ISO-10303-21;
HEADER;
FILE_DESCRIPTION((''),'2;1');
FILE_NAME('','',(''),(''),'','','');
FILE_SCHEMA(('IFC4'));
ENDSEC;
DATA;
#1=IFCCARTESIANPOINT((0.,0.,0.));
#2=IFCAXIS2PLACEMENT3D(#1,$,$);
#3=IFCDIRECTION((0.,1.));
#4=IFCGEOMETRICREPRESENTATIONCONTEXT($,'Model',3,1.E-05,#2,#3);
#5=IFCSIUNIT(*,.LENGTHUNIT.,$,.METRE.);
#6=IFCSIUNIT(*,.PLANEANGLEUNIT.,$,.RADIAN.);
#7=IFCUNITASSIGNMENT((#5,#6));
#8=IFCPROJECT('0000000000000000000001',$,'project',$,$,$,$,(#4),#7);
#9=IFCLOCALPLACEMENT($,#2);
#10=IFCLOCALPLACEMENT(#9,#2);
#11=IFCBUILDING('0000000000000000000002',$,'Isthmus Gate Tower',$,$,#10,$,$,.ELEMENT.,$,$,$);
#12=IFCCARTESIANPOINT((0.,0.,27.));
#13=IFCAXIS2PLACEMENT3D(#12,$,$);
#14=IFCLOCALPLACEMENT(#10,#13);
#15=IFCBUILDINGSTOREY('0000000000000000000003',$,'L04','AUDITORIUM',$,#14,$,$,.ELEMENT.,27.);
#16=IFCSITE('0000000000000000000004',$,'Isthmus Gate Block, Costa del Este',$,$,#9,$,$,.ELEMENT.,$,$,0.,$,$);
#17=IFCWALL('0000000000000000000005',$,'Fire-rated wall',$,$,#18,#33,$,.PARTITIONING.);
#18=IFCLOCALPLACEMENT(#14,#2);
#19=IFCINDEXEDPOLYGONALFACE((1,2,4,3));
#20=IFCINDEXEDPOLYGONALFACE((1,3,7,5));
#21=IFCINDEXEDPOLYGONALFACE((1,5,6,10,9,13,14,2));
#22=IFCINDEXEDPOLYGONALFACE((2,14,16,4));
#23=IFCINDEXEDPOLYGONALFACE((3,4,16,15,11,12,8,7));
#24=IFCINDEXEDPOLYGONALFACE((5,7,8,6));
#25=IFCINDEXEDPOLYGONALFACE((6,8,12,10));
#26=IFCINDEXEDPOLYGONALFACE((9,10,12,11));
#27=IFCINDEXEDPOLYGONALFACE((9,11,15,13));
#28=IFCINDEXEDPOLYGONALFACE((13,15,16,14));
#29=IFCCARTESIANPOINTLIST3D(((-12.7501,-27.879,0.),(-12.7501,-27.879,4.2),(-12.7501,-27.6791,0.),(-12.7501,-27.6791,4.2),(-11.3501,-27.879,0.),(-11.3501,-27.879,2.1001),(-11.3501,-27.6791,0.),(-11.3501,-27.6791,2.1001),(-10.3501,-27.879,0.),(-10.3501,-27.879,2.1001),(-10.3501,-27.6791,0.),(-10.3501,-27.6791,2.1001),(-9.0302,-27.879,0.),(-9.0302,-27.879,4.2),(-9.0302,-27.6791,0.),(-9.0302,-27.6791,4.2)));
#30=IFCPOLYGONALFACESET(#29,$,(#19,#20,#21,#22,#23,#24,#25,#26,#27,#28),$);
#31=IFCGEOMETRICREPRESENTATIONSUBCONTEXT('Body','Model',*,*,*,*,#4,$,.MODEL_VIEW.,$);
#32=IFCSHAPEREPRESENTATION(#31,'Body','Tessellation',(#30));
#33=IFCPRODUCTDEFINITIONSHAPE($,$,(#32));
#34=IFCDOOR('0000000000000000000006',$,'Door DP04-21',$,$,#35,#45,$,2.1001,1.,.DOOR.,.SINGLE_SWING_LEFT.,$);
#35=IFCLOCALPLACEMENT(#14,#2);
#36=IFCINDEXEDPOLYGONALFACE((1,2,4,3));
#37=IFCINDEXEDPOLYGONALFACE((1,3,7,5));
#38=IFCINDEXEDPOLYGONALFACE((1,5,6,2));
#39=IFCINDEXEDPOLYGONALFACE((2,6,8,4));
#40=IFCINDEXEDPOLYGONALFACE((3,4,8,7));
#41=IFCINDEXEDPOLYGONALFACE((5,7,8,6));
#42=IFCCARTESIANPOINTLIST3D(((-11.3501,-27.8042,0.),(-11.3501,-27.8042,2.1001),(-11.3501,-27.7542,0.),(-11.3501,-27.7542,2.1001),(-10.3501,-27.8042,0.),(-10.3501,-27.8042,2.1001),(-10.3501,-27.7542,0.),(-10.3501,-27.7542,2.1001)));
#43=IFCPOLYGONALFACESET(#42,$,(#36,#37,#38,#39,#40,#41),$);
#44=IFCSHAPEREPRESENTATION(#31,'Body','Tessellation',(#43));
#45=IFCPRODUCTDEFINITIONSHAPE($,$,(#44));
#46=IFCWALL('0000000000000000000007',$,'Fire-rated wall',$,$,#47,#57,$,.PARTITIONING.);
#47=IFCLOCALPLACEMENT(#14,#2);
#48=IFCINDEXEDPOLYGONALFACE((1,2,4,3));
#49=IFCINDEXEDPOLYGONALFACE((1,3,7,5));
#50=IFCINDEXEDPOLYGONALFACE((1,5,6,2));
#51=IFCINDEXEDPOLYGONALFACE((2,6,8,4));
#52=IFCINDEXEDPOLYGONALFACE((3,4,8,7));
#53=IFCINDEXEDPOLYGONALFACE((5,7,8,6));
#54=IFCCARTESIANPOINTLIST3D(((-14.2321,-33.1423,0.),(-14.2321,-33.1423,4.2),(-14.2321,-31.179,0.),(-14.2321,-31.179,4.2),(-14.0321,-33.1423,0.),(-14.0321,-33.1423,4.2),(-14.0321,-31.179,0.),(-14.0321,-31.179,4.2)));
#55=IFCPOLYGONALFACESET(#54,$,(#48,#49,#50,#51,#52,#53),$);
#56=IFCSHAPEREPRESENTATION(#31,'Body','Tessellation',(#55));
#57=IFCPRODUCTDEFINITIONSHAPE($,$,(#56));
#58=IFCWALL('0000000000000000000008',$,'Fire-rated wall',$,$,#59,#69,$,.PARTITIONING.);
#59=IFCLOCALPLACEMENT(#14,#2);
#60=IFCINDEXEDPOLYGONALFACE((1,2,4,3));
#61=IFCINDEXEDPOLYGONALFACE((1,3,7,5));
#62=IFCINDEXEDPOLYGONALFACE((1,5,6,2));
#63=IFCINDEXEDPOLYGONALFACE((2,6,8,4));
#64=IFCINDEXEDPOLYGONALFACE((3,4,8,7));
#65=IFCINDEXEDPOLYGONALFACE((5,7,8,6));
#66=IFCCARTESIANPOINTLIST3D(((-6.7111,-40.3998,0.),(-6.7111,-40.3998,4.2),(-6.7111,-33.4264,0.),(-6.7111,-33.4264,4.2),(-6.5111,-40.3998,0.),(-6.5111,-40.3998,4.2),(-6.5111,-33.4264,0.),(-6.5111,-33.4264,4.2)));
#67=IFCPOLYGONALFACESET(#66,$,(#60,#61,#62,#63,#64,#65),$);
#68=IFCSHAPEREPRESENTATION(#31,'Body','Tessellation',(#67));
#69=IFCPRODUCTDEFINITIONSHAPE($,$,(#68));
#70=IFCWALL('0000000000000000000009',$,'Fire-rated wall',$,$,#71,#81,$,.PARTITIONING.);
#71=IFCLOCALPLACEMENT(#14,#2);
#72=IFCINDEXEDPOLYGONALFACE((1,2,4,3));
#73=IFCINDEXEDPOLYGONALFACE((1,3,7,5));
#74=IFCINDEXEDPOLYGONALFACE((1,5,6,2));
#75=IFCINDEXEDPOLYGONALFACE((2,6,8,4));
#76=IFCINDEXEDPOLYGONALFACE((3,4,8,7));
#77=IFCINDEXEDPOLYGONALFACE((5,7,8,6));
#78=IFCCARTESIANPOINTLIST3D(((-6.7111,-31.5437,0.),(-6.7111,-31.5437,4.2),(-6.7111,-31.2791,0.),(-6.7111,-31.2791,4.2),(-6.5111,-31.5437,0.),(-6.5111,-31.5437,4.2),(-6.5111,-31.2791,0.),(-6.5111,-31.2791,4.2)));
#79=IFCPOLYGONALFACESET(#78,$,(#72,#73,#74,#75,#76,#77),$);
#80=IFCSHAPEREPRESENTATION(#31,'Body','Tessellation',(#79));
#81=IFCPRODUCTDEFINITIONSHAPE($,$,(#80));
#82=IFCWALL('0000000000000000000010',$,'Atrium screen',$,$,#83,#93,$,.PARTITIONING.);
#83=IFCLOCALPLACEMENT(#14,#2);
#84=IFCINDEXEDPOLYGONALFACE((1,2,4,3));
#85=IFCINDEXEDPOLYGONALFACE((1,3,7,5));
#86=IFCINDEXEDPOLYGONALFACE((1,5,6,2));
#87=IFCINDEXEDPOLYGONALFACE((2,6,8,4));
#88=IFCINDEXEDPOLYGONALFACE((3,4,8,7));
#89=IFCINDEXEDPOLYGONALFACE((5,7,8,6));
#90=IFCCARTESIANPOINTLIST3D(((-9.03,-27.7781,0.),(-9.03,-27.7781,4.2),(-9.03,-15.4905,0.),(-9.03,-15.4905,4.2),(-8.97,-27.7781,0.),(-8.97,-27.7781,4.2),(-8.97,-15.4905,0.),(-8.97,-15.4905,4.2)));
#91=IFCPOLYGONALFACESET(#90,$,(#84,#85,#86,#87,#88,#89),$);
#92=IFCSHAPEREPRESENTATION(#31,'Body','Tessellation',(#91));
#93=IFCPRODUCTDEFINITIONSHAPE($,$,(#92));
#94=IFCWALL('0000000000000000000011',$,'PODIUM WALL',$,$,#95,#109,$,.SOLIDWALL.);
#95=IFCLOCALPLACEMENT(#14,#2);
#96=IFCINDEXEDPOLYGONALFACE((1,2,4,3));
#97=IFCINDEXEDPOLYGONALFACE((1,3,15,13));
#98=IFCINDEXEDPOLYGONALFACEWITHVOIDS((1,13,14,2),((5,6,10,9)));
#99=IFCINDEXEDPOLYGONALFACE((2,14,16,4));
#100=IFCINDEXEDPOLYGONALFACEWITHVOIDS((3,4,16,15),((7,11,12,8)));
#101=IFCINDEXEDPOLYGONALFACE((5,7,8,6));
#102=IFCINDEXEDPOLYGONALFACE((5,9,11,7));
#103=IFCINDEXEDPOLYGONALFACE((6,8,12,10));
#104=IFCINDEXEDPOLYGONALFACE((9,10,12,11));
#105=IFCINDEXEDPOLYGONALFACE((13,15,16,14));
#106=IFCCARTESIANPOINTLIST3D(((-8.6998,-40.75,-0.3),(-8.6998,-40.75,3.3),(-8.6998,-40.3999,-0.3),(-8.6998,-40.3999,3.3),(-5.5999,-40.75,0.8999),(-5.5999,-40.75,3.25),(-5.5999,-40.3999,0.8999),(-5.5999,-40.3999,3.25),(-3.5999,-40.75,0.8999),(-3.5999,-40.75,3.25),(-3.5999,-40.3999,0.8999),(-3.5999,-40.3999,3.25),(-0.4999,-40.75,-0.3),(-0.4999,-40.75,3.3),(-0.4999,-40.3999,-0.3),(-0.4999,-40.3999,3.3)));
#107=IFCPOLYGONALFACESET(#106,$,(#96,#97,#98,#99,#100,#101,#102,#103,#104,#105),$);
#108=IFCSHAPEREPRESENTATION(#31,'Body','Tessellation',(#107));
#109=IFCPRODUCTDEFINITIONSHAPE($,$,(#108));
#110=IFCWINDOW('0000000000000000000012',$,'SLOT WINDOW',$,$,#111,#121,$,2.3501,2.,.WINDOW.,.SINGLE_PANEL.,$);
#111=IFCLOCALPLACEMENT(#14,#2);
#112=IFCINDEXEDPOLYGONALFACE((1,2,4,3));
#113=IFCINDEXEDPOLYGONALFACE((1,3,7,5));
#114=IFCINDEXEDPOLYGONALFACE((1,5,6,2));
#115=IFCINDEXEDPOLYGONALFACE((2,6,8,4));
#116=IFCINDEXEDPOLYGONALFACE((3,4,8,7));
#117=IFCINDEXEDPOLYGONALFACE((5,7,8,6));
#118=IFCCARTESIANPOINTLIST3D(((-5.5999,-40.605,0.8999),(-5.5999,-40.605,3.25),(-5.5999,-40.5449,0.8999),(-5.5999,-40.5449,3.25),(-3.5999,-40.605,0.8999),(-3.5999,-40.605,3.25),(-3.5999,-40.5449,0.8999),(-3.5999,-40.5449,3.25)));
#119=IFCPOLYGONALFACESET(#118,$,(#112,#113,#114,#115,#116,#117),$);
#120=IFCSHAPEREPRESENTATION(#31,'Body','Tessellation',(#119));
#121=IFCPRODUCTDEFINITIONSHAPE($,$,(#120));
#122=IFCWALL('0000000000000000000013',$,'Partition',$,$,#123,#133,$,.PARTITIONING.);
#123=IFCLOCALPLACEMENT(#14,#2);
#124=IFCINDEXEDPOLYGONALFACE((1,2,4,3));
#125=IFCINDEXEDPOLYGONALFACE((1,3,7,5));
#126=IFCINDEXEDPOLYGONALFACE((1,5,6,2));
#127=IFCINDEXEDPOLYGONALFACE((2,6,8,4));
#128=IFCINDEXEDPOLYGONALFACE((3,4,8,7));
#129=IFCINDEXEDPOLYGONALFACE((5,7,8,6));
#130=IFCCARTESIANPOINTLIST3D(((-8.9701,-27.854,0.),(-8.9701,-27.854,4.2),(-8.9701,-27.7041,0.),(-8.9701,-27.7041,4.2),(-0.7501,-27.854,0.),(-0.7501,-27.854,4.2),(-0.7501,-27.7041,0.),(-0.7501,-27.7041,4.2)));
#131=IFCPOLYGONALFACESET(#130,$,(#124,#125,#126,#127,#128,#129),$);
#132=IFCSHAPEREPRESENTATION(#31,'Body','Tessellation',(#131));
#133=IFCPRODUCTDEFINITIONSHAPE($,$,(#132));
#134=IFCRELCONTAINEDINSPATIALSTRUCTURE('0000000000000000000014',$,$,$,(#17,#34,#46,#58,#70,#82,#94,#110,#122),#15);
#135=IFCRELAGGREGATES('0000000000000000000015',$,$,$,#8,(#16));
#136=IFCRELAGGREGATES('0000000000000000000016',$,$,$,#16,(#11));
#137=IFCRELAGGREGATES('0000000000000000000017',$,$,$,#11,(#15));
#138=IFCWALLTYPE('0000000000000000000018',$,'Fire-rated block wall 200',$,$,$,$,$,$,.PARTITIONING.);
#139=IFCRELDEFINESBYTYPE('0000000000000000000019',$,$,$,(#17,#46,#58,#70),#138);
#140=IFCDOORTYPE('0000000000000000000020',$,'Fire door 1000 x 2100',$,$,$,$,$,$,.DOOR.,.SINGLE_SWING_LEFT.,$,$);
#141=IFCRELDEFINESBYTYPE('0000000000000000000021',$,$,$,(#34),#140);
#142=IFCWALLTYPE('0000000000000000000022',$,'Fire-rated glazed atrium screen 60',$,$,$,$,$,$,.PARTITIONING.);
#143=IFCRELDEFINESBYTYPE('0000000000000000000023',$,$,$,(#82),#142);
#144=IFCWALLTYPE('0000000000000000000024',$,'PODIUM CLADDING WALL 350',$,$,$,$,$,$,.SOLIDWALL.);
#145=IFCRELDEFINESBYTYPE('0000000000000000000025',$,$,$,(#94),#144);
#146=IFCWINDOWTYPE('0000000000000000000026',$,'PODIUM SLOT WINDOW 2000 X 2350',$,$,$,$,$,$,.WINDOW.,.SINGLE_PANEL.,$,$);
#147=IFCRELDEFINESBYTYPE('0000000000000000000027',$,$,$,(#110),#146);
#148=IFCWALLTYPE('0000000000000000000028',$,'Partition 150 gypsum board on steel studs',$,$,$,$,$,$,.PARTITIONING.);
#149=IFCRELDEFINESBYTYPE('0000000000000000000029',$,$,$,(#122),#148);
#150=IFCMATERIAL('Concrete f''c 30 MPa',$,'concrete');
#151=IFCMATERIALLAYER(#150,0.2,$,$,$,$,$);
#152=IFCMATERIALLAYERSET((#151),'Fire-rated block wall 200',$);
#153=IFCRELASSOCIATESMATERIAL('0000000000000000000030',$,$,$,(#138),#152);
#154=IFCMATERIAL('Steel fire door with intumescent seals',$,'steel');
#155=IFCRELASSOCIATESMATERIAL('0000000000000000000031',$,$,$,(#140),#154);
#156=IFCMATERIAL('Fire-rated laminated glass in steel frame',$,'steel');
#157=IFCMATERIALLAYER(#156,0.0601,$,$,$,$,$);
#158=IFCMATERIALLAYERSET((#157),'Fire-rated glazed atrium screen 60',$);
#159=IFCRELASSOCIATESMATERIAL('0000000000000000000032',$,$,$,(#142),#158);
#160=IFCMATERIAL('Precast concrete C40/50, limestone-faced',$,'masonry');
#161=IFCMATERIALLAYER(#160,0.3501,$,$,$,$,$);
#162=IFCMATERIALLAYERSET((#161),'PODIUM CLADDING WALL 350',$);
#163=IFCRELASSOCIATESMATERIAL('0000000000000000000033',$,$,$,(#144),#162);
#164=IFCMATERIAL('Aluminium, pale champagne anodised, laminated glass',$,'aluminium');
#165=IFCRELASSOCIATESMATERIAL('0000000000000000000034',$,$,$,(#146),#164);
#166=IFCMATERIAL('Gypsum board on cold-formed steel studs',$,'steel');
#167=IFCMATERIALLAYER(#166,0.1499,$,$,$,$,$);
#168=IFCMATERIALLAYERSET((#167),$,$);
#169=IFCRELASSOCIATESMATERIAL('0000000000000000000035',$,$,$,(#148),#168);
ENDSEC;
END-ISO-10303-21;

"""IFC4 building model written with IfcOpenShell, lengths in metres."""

from ifc_helpers import new_model, si_unit, direction, frame, frame_2d, origin, place, context, subcontext, project, spatial, rectangle, extrude, material, layer, layer_set, type_object, element, fill, save


model = new_model("IFC4")

# Units and contexts
model_context = context("Model", 3, precision=1e-05, world=origin(), true_north=direction((0.0, 1.0)))
body_context = subcontext(model_context, "Body", "Model", "MODEL_VIEW")
ifc_project = project(units=[si_unit("LENGTHUNIT", "METRE"), si_unit("PLANEANGLEUNIT", "RADIAN")], contexts=[model_context])

# Site, building, storey
site_placement = place(None, origin())
site = spatial("IfcSite", under=ifc_project, at=site_placement, Name="Isthmus Gate Block, Costa del Este", CompositionType="ELEMENT", RefElevation=0.0)
building_placement = place(site_placement, origin())
building = spatial("IfcBuilding", under=site, at=building_placement, Name="Isthmus Gate Tower", CompositionType="ELEMENT")
storey_placement = place(building_placement, frame((0.0, 0.0, 27.0)))
storey = spatial("IfcBuildingStorey", under=building, at=storey_placement, Name="L04", Description="AUDITORIUM", CompositionType="ELEMENT", Elevation=27.0)

# Shared definitions
ifc_material_1 = material(Name="Concrete f'c 30 MPa", Category="concrete")
ifc_layer_1 = layer(ifc_material_1, 0.2)
ifc_layer_set_1 = layer_set([ifc_layer_1], Name="Fire-rated block wall 200")
wall_type_1 = type_object("IfcWallType", Name="Fire-rated block wall 200", PredefinedType="PARTITIONING", material=ifc_layer_set_1)
ifc_material_2 = material(Name="Steel fire door with intumescent seals", Category="steel")
door_type = type_object("IfcDoorType", Name="Fire door 1000 x 2100", OperationType="SINGLE_SWING_LEFT", PredefinedType="DOOR", material=ifc_material_2)

# Wall, opening, door
wall_1_placement = place(storey_placement, frame((-12.75, -27.7791, 0.0), z_axis=(0.0, 0.0, 1.0), x_axis=(1.0, 0.0, 0.0)))
wall_1 = element("IfcWall", 1, at=wall_1_placement, inside=storey, type_object=wall_type_1, Name="Fire-rated wall", PredefinedType="PARTITIONING", context=body_context, shape_type="SweptSolid", body=[
    extrude(rectangle(XDim=3.72, YDim=0.2, at=frame_2d((1.8599, 0.0))), origin(), (0.0, 0.0, 1.0), 4.2),
])
opening_1_placement = place(wall_1_placement, frame((1.3999, 0.0, 0.0)))
opening_1 = element("IfcOpeningElement", 2, at=opening_1_placement, cuts=wall_1, PredefinedType="OPENING", context=body_context, shape_type="SweptSolid", body=[
    extrude(rectangle(XDim=1.0, YDim=2.1001, at=frame_2d((0.5, 1.05))), frame((0.0, 0.1099, 0.0), z_axis=(0.0, -1.0, 0.0), x_axis=(1.0, 0.0, 0.0)), (0.0, 0.0, 1.0), 0.22),
])
door_1_placement = place(opening_1_placement, origin())
door_1 = element("IfcDoor", 3, at=door_1_placement, inside=storey, type_object=door_type, Name="Door DP04-21", OperationType="SINGLE_SWING_LEFT", OverallHeight=2.1001, OverallWidth=1.0, PredefinedType="DOOR", context=body_context, shape_type="SweptSolid", body=[
    extrude(rectangle(XDim=1.0, YDim=2.1001, at=frame_2d((0.5, 1.05))), frame((0.0, 0.0249, 0.0), z_axis=(0.0, -1.0, 0.0), x_axis=(1.0, 0.0, 0.0)), (0.0, 0.0, 1.0), 0.05),
])
fill(opening_1, door_1)

# Walls
wall_2_placement = place(storey_placement, frame((-14.1321, -33.1423, 0.0), z_axis=(0.0, 0.0, 1.0), x_axis=(0.0, 1.0, 0.0)))
element("IfcWall", 4, at=wall_2_placement, inside=storey, type_object=wall_type_1, Name="Fire-rated wall", PredefinedType="PARTITIONING", context=body_context, shape_type="SweptSolid", body=[
    extrude(rectangle(XDim=1.9634, YDim=0.2, at=frame_2d((0.9817, 0.0))), origin(), (0.0, 0.0, 1.0), 4.2),
])
wall_3_placement = place(storey_placement, frame((-6.6111, -40.3999, 0.0), z_axis=(0.0, 0.0, 1.0), x_axis=(0.0, 1.0, 0.0)))
element("IfcWall", 5, at=wall_3_placement, inside=storey, type_object=wall_type_1, Name="Fire-rated wall", PredefinedType="PARTITIONING", context=body_context, shape_type="SweptSolid", body=[
    extrude(rectangle(XDim=6.9734, YDim=0.2, at=frame_2d((3.4868, 0.0))), origin(), (0.0, 0.0, 1.0), 4.2),
])
wall_4_placement = place(storey_placement, frame((-6.6111, -31.5437, 0.0), z_axis=(0.0, 0.0, 1.0), x_axis=(0.0, 1.0, 0.0)))
element("IfcWall", 6, at=wall_4_placement, inside=storey, type_object=wall_type_1, Name="Fire-rated wall", PredefinedType="PARTITIONING", context=body_context, shape_type="SweptSolid", body=[
    extrude(rectangle(XDim=0.2646, YDim=0.2, at=frame_2d((0.1323, 0.0))), origin(), (0.0, 0.0, 1.0), 4.2),
])
ifc_material_3 = material(Name="Fire-rated laminated glass in steel frame", Category="steel")
ifc_layer_2 = layer(ifc_material_3, 0.0601)
ifc_layer_set_2 = layer_set([ifc_layer_2], Name="Fire-rated glazed atrium screen 60")
wall_type_2 = type_object("IfcWallType", Name="Fire-rated glazed atrium screen 60", PredefinedType="PARTITIONING", material=ifc_layer_set_2)
wall_5_placement = place(storey_placement, frame((-9.0, -27.7781, 0.0), z_axis=(0.0, 0.0, 1.0), x_axis=(0.0, 1.0, 0.0)))
element("IfcWall", 7, at=wall_5_placement, inside=storey, type_object=wall_type_2, Name="Atrium screen", PredefinedType="PARTITIONING", context=body_context, shape_type="SweptSolid", body=[
    extrude(rectangle(XDim=12.2876, YDim=0.0601, at=frame_2d((6.1438, 0.0))), origin(), (0.0, 0.0, 1.0), 4.2),
])

# Wall, opening, window
ifc_material_4 = material(Name="Precast concrete C40/50, limestone-faced", Category="masonry")
ifc_layer_3 = layer(ifc_material_4, 0.3501)
ifc_layer_set_3 = layer_set([ifc_layer_3], Name="PODIUM CLADDING WALL 350")
wall_type_3 = type_object("IfcWallType", Name="PODIUM CLADDING WALL 350", PredefinedType="SOLIDWALL", material=ifc_layer_set_3)
wall_6_placement = place(storey_placement, frame((-8.7, -40.575, -0.3), z_axis=(0.0, 0.0, 1.0), x_axis=(1.0, 0.0, 0.0)))
wall_6 = element("IfcWall", 8, at=wall_6_placement, inside=storey, type_object=wall_type_3, Name="PODIUM WALL", PredefinedType="SOLIDWALL", context=body_context, shape_type="SweptSolid", body=[
    extrude(rectangle(XDim=8.2, YDim=0.3501, at=frame_2d((4.1001, 0.0))), origin(), (0.0, 0.0, 1.0), 3.6001),
])
opening_2_placement = place(wall_6_placement, frame((3.1001, 0.0, 1.2)))
opening_2 = element("IfcOpeningElement", 9, at=opening_2_placement, cuts=wall_6, PredefinedType="OPENING", context=body_context, shape_type="SweptSolid", body=[
    extrude(rectangle(XDim=2.0, YDim=2.3501, at=frame_2d((1.0, 1.175))), frame((0.0, 0.1851, 0.0), z_axis=(0.0, -1.0, 0.0), x_axis=(1.0, 0.0, 0.0)), (0.0, 0.0, 1.0), 0.3701),
])
ifc_material_5 = material(Name="Aluminium, pale champagne anodised, laminated glass", Category="aluminium")
window_type = type_object("IfcWindowType", Name="PODIUM SLOT WINDOW 2000 X 2350", PartitioningType="SINGLE_PANEL", PredefinedType="WINDOW", material=ifc_material_5)
window_placement = place(opening_2_placement, origin())
window = element("IfcWindow", 10, at=window_placement, inside=storey, type_object=window_type, Name="SLOT WINDOW", OverallHeight=2.3501, OverallWidth=2.0, PartitioningType="SINGLE_PANEL", PredefinedType="WINDOW", context=body_context, shape_type="SweptSolid", body=[
    extrude(rectangle(XDim=2.0, YDim=2.3501, at=frame_2d((1.0, 1.175))), frame((0.0, 0.03, 0.0), z_axis=(0.0, -1.0, 0.0), x_axis=(1.0, 0.0, 0.0)), (0.0, 0.0, 1.0), 0.0601),
])
fill(opening_2, window)

# Wall
ifc_material_6 = material(Name="Gypsum board on cold-formed steel studs", Category="steel")
ifc_layer_4 = layer(ifc_material_6, 0.1499)
ifc_layer_set_4 = layer_set([ifc_layer_4])
wall_type_4 = type_object("IfcWallType", Name="Partition 150 gypsum board on steel studs", PredefinedType="PARTITIONING", material=ifc_layer_set_4)
wall_7_placement = place(storey_placement, frame((-8.97, -27.7791, 0.0), z_axis=(0.0, 0.0, 1.0), x_axis=(1.0, 0.0, 0.0)))
element("IfcWall", 11, at=wall_7_placement, inside=storey, type_object=wall_type_4, Name="Partition", PredefinedType="PARTITIONING", context=body_context, shape_type="SweptSolid", body=[
    extrude(rectangle(XDim=8.22, YDim=0.1499, at=frame_2d((4.1099, 0.0))), origin(), (0.0, 0.0, 1.0), 4.2),
])

save(model, "model.ifc")
